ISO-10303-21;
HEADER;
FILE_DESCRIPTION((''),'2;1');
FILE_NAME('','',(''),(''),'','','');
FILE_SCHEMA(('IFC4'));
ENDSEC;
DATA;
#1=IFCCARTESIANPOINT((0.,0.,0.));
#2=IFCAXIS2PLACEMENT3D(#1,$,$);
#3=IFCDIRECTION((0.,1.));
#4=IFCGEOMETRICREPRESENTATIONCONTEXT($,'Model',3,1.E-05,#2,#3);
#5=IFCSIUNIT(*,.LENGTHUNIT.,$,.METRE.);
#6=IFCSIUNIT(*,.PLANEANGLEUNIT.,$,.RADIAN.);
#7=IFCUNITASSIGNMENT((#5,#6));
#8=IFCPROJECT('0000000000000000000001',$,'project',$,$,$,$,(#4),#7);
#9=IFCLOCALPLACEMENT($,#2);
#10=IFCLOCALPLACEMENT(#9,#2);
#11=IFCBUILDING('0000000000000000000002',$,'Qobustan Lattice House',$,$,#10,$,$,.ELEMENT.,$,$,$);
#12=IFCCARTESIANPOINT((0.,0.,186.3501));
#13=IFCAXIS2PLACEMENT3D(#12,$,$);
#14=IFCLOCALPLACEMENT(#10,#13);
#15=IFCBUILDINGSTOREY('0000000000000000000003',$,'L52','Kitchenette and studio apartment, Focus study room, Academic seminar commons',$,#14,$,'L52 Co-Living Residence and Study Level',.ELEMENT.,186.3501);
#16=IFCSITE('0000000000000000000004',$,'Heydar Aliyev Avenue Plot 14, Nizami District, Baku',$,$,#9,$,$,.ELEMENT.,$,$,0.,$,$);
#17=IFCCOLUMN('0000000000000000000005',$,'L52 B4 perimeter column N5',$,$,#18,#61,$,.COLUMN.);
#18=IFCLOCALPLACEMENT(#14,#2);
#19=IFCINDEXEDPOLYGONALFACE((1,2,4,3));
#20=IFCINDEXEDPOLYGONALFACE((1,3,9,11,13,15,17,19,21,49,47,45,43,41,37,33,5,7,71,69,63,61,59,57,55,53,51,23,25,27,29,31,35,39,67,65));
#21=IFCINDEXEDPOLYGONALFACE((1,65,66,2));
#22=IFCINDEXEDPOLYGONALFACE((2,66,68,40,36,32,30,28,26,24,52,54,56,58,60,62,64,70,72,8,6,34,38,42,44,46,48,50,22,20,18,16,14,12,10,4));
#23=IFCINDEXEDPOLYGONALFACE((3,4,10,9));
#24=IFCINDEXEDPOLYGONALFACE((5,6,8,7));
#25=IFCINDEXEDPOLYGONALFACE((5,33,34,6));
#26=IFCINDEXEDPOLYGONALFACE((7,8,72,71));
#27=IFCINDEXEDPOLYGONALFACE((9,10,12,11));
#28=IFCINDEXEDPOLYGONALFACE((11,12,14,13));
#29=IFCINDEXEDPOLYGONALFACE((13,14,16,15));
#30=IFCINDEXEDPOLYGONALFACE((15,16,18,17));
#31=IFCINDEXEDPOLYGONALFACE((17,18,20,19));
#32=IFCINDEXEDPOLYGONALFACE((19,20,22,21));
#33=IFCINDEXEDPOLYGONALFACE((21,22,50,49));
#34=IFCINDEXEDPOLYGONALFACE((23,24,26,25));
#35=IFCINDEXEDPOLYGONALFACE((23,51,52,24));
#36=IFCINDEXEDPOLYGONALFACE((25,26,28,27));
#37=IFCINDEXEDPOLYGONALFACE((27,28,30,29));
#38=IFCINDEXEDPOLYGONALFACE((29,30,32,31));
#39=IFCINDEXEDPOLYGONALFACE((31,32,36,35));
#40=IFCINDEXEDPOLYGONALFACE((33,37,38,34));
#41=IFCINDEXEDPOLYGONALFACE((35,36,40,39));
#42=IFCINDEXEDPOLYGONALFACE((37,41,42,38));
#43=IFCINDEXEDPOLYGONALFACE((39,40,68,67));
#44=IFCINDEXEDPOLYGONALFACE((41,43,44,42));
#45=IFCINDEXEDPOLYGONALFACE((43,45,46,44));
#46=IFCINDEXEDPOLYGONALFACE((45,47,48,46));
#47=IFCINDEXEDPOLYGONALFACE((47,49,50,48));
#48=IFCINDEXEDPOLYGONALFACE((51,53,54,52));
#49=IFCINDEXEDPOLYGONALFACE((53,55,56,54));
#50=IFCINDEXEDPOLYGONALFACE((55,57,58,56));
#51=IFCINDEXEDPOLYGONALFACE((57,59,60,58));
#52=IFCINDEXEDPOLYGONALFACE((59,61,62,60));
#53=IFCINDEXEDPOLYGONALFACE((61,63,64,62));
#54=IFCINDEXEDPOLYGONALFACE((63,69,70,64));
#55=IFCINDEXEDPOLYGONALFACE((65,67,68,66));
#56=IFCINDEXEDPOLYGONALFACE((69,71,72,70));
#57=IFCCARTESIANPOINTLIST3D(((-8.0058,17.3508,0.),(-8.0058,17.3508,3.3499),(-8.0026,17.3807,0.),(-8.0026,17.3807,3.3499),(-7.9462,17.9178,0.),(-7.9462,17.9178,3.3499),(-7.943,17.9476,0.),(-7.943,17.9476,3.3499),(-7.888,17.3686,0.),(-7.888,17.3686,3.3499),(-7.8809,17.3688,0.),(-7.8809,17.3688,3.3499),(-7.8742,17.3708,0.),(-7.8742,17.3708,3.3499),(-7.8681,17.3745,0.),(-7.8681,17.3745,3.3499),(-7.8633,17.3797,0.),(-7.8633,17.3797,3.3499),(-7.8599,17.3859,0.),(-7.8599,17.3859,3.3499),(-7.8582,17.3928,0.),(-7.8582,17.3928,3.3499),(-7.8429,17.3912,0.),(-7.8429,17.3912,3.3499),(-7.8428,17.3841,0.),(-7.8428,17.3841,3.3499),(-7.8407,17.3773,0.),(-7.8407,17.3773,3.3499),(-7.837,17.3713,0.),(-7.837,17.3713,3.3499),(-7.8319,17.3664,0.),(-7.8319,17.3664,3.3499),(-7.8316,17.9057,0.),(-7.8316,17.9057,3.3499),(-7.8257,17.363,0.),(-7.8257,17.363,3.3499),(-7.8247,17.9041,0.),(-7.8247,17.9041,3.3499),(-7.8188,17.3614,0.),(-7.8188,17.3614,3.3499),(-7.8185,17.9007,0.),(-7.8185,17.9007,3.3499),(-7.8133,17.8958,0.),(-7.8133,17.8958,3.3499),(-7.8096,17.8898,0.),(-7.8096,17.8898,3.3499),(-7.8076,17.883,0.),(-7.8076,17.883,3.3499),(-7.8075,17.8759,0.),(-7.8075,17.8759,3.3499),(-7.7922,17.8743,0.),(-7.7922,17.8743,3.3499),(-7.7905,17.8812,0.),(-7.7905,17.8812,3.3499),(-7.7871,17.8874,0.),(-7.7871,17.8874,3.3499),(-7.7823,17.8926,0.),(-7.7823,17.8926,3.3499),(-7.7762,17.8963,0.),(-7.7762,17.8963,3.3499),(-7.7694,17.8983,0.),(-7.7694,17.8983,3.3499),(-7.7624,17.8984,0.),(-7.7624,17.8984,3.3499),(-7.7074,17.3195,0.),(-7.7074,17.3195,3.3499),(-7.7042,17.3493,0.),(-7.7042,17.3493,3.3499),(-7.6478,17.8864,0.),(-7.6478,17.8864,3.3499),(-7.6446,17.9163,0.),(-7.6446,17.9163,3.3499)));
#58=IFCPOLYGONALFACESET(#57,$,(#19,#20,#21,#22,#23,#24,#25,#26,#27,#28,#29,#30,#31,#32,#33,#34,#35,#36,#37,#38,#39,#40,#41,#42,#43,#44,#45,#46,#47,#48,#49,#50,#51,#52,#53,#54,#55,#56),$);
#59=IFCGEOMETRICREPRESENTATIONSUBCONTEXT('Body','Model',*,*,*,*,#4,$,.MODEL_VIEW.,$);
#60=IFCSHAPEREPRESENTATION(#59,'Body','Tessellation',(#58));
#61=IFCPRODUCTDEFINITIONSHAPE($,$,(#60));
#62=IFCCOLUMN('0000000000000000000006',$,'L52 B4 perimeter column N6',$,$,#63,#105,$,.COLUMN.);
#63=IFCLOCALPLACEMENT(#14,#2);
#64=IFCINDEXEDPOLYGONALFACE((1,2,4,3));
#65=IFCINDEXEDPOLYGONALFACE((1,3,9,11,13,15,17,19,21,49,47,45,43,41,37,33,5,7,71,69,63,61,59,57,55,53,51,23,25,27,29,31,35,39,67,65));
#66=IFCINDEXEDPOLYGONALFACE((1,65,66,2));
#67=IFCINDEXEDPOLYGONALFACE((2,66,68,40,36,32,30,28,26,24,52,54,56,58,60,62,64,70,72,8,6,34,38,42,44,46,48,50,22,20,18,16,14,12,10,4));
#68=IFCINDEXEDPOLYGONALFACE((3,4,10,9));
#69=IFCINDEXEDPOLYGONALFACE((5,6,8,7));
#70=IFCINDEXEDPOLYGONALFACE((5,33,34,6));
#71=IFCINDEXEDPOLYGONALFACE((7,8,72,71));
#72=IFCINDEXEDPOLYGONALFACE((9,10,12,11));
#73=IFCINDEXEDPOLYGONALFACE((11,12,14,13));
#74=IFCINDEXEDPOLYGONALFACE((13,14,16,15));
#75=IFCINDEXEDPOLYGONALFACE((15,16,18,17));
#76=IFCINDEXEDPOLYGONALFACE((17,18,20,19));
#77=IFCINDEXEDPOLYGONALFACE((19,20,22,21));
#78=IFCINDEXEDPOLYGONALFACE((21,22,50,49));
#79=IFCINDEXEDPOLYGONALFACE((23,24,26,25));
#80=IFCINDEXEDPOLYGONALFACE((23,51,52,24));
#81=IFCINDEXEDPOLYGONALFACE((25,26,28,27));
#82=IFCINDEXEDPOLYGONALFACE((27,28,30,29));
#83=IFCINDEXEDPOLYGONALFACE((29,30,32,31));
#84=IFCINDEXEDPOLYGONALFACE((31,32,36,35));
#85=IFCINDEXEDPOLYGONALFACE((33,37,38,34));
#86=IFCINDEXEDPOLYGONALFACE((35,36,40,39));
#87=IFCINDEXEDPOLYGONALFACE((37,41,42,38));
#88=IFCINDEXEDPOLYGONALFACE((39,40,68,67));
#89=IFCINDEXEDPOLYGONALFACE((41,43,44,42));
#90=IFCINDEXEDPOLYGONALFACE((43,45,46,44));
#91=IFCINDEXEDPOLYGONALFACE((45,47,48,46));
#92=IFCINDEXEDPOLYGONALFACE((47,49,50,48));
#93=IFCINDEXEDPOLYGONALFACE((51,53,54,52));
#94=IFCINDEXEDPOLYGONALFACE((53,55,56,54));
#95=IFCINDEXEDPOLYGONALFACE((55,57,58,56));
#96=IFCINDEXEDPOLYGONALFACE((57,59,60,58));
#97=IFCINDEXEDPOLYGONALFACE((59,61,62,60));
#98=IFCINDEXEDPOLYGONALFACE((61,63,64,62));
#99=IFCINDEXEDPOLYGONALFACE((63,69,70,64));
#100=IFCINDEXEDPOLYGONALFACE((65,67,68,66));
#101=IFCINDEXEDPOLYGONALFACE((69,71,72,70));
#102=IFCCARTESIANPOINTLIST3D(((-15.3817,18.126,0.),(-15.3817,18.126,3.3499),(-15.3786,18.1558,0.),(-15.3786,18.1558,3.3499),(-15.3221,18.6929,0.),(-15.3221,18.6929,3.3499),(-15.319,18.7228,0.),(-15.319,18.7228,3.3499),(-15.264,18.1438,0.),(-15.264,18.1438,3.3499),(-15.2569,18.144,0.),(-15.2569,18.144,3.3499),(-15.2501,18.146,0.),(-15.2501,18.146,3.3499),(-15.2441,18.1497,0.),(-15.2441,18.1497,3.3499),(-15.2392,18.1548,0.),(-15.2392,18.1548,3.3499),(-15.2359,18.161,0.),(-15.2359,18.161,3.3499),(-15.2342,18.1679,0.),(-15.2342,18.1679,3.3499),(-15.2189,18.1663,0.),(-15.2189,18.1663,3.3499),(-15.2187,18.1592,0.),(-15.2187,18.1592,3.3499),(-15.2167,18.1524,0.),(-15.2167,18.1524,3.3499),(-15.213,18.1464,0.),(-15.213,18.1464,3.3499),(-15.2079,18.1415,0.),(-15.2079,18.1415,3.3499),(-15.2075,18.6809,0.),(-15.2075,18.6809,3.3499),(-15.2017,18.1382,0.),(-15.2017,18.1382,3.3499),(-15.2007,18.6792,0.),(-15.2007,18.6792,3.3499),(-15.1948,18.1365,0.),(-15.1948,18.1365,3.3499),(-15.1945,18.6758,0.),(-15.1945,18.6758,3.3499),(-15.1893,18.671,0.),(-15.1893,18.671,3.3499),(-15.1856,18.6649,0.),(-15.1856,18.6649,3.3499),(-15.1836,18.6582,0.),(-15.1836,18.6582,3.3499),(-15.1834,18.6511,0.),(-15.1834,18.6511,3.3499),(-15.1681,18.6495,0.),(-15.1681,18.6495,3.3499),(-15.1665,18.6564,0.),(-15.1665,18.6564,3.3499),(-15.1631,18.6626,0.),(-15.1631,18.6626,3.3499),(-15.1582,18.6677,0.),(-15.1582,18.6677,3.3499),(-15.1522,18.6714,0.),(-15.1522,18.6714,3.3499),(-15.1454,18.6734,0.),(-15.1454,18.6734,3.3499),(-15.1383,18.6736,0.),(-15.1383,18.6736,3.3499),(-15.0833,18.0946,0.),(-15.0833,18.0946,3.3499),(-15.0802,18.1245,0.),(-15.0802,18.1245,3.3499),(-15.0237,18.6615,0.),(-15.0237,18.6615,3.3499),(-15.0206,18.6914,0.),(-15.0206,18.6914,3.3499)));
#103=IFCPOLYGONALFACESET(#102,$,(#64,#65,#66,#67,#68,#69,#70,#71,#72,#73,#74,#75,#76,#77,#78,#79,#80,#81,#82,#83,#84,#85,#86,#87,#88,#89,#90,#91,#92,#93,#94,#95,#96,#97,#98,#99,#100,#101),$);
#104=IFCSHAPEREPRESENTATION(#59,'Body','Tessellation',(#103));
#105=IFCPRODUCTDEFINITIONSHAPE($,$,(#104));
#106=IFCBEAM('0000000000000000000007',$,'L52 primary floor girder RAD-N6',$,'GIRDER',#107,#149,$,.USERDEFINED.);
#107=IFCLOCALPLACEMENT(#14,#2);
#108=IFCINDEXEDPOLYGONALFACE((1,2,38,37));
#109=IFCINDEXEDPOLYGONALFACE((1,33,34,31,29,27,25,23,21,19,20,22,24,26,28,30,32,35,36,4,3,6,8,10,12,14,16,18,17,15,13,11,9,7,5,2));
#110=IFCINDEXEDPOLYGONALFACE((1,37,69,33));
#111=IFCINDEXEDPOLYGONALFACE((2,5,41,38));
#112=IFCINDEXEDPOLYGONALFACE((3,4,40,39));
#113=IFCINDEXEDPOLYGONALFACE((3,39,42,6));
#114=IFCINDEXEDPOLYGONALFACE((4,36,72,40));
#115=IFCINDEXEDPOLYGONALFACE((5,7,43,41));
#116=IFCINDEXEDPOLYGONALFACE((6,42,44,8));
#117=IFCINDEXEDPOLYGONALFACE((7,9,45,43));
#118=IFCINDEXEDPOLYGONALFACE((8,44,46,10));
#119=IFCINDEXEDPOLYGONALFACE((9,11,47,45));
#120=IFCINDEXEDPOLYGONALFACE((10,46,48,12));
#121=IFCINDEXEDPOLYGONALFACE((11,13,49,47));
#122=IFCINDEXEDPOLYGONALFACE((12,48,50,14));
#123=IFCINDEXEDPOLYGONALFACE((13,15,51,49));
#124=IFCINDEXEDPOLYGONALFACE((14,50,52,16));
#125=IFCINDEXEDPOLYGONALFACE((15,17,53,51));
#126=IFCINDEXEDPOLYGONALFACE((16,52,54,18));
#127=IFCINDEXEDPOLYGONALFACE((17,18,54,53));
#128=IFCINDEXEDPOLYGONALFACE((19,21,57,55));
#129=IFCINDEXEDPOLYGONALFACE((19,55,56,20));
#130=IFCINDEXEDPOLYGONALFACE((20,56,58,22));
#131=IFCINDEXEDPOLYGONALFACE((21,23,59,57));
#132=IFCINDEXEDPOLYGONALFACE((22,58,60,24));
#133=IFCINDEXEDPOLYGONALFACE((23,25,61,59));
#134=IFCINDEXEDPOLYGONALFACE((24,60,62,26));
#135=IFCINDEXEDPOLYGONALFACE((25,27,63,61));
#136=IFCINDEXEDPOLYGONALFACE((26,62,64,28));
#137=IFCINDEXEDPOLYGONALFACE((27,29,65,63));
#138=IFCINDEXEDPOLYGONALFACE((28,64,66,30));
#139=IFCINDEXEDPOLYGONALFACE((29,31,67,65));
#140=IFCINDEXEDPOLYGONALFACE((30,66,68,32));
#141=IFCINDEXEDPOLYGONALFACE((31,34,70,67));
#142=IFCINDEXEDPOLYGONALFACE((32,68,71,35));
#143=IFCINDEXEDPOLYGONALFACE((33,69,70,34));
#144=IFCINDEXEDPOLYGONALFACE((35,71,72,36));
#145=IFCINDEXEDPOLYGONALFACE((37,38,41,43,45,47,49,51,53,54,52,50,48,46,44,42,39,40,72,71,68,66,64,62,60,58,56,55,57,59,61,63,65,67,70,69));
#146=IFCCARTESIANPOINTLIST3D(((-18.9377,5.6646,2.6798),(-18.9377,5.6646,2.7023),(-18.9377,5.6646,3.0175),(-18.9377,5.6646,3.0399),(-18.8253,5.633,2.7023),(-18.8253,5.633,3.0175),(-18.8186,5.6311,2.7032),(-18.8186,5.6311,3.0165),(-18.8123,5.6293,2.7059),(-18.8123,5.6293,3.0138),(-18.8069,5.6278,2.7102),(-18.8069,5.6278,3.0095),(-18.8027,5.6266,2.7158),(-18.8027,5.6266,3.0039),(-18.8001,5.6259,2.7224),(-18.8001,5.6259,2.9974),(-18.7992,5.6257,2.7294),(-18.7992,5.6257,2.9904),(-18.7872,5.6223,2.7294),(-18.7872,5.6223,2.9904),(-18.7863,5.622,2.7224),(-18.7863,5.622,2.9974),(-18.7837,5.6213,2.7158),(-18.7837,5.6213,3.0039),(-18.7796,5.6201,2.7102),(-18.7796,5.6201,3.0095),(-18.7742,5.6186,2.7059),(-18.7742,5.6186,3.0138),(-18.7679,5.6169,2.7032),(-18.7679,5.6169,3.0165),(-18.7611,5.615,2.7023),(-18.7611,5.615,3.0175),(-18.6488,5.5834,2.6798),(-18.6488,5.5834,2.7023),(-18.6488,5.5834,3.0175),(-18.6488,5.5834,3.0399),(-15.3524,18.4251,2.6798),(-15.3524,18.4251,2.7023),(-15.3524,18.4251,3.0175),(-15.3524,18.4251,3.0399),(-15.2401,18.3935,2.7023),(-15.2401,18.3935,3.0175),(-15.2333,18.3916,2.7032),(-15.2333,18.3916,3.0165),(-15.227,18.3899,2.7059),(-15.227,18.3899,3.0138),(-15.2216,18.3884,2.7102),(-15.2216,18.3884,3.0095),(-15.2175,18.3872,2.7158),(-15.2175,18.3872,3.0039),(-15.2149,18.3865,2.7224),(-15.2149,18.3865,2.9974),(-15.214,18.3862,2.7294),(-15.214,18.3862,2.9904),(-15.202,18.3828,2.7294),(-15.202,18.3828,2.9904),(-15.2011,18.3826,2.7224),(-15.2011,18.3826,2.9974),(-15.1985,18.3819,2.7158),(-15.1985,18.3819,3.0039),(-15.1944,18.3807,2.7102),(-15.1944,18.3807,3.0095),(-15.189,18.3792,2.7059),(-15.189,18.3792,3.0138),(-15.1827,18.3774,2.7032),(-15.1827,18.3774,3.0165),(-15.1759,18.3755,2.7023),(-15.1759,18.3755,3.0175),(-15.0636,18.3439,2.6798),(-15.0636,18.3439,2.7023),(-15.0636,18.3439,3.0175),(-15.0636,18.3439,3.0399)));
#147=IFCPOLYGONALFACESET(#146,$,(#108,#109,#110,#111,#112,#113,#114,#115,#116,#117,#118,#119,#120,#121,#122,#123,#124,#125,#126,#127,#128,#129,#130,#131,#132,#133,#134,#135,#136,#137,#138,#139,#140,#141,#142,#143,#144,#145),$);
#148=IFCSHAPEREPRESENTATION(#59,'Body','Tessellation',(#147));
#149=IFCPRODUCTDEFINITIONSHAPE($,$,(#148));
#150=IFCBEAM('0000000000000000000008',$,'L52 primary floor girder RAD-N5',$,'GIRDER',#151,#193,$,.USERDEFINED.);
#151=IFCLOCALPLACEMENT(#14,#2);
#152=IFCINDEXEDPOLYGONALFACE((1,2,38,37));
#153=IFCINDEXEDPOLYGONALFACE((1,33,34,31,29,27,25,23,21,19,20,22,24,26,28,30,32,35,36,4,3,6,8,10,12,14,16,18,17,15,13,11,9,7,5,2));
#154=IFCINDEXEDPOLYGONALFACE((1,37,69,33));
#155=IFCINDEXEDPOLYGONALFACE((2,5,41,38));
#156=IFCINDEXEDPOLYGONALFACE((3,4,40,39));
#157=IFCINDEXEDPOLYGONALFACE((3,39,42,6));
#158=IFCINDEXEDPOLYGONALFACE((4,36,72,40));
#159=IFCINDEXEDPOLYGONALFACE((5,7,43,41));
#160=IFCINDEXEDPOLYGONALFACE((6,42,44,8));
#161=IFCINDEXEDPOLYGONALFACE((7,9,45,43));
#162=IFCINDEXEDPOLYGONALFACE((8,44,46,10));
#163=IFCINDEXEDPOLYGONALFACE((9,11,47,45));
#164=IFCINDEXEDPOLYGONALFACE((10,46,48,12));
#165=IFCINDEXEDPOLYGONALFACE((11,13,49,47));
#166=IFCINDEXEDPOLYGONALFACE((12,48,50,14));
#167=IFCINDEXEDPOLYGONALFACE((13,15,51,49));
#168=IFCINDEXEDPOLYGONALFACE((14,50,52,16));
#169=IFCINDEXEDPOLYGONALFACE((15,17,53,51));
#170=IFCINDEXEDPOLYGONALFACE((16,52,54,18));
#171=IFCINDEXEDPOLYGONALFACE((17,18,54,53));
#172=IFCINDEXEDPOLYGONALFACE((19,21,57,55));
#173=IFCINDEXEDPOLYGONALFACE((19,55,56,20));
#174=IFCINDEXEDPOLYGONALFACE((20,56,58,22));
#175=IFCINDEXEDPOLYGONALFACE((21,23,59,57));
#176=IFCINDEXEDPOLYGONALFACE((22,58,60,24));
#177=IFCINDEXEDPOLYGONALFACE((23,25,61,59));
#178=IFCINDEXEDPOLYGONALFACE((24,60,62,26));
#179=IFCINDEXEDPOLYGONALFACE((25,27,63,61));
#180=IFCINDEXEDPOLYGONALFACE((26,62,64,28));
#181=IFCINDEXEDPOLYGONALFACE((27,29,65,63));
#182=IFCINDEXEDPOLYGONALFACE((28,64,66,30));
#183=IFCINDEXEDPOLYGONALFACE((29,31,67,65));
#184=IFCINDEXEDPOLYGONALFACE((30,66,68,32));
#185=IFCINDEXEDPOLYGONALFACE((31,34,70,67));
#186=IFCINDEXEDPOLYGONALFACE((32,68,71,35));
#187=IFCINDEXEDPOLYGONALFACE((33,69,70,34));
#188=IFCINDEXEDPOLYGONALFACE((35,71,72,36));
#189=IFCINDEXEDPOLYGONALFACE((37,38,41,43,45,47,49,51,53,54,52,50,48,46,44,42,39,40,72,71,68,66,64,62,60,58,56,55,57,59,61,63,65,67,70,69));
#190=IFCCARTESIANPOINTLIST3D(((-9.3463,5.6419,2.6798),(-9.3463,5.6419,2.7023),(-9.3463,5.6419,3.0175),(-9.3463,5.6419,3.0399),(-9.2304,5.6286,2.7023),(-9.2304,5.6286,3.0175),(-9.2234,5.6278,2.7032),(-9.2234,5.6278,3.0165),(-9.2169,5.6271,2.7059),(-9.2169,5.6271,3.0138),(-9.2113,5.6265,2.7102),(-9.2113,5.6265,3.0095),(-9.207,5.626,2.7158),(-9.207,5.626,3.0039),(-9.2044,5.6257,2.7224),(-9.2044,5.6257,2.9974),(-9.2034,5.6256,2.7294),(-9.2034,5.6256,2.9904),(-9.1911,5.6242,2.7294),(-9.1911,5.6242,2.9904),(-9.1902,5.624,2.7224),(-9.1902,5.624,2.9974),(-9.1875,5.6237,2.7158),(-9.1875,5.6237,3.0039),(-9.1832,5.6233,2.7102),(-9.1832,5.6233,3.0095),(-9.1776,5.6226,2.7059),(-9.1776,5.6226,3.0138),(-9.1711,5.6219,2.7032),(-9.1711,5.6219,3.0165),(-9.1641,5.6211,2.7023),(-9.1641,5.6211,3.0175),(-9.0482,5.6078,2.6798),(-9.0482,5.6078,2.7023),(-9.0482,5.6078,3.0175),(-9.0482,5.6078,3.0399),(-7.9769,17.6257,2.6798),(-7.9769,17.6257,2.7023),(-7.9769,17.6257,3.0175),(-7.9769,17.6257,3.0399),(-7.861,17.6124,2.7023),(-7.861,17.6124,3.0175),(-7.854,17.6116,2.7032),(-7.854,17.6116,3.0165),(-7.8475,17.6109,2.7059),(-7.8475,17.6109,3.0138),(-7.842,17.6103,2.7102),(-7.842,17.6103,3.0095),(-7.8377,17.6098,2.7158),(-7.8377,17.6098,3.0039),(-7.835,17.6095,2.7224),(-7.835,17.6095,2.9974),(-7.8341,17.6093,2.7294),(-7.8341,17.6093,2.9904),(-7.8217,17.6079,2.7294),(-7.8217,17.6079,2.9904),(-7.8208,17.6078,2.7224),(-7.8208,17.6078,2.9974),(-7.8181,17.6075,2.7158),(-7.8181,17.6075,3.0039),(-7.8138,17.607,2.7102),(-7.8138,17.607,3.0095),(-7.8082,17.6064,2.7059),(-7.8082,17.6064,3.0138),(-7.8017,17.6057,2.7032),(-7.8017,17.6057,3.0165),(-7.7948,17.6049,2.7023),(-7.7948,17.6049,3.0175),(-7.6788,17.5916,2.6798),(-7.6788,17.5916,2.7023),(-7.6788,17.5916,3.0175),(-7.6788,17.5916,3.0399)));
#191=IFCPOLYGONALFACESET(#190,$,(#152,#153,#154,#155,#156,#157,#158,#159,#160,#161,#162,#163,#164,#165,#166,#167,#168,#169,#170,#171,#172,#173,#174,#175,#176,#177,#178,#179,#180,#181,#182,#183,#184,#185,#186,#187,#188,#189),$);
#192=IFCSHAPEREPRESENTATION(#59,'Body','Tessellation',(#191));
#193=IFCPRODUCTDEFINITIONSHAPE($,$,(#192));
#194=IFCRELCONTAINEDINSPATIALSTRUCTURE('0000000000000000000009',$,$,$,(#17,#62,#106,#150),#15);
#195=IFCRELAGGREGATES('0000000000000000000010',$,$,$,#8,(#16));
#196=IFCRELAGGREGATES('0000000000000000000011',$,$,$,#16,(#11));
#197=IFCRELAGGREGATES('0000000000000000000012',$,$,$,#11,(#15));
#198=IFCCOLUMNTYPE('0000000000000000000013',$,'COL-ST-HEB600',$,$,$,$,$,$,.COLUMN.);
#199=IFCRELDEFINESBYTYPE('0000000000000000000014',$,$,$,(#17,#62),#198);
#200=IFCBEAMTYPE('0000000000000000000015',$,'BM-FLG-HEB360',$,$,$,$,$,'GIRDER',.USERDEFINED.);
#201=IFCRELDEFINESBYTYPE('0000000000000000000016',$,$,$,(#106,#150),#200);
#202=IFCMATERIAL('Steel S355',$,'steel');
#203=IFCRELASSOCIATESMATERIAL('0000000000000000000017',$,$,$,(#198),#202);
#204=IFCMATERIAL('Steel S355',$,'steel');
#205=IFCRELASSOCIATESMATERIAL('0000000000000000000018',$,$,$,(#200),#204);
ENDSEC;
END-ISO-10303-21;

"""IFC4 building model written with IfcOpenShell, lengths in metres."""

from ifc_helpers import new_model, si_unit, direction, frame, origin, origin_2d, place, context, subcontext, project, spatial, i_section, extrude, material, material_profile, profile_set, type_object, element, save


model = new_model("IFC4")

# Units and contexts
model_context = context("Model", 3, precision=1e-05, world=origin(), true_north=direction((0.0, 1.0)))
body_context = subcontext(model_context, "Body", "Model", "MODEL_VIEW")
ifc_project = project(units=[si_unit("LENGTHUNIT", "METRE"), si_unit("PLANEANGLEUNIT", "RADIAN")], contexts=[model_context])

# Site, building, storey
site_placement = place(None, origin())
site = spatial("IfcSite", under=ifc_project, at=site_placement, Name="Heydar Aliyev Avenue Plot 14, Nizami District, Baku", CompositionType="ELEMENT", RefElevation=0.0)
building_placement = place(site_placement, origin())
building = spatial("IfcBuilding", under=site, at=building_placement, Name="Qobustan Lattice House", CompositionType="ELEMENT")
storey_placement = place(building_placement, frame((0.0, 0.0, 186.3501)))
storey = spatial("IfcBuildingStorey", under=building, at=storey_placement, Name="L52", Description="Kitchenette and studio apartment, Focus study room, Academic seminar commons", LongName="L52 Co-Living Residence and Study Level", CompositionType="ELEMENT", Elevation=186.3501)

# Columns
ifc_material_1 = material(Name="Steel S355", Category="steel")
ifc_material_profile_1 = material_profile(ifc_material_1, i_section(OverallWidth=0.3, OverallDepth=0.6001, WebThickness=0.0154, FlangeThickness=0.03, FilletRadius=0.0271, at=origin_2d()), Name="HEB600")
ifc_profile_set_1 = profile_set([ifc_material_profile_1], Name="Steel S355")
column_type = type_object("IfcColumnType", Name="COL-ST-HEB600", PredefinedType="COLUMN", material=ifc_profile_set_1)
for number, where, z_axis, x_axis, name in (
    (1, (-7.8252, 17.6335, 0.0), (0.0, 0.0, 1.0), (0.994522, -0.104528, 0.0), "L52 B4 perimeter column N5"),
    (2, (-15.2012, 18.4087, 0.0), (0.0, 0.0, 1.0), (0.994522, -0.104528, 0.0), "L52 B4 perimeter column N6"),
):
    element("IfcColumn", number, at=place(storey_placement, frame(where, z_axis=z_axis, x_axis=x_axis)), inside=storey, type_object=column_type, Name=name, PredefinedType="COLUMN", context=body_context, shape_type="SweptSolid", body=[
        extrude(i_section(OverallWidth=0.3, OverallDepth=0.6001, WebThickness=0.0154, FlangeThickness=0.03, FilletRadius=0.0271, at=origin_2d()), origin(), (0.0, 0.0, 1.0), 3.3499),
    ])

# Beams
ifc_material_2 = material(Name="Steel S355", Category="steel")
ifc_material_profile_2 = material_profile(ifc_material_2, i_section(OverallWidth=0.3, OverallDepth=0.3601, WebThickness=0.0125, FlangeThickness=0.0225, FilletRadius=0.0271, at=origin_2d()), Name="HEB360")
ifc_profile_set_2 = profile_set([ifc_material_profile_2], Name="Steel S355")
beam_type_1 = type_object("IfcBeamType", Name="BM-FLG-HEB360", ElementType="GIRDER", PredefinedType="USERDEFINED", material=ifc_profile_set_2)
beam_1_placement = place(storey_placement, frame((-15.208, 18.3845, 2.8599), z_axis=(-0.270488, -0.962723, 0.0), x_axis=(0.962723, -0.270488, 0.0)))
element("IfcBeam", 3, at=beam_1_placement, inside=storey, type_object=beam_type_1, Name="L52 primary floor girder RAD-N6", ObjectType="GIRDER", PredefinedType="USERDEFINED", context=body_context, shape_type="SweptSolid", body=[
    extrude(i_section(OverallWidth=0.3, OverallDepth=0.3601, WebThickness=0.0125, FlangeThickness=0.0225, FilletRadius=0.0271, at=origin_2d()), origin(), (0.0, 0.0, 1.0), 13.2546),
])
beam_2_placement = place(storey_placement, frame((-7.8279, 17.6086, 2.8599), z_axis=(-0.11353, -0.993535, 0.0), x_axis=(0.993535, -0.11353, 0.0)))
element("IfcBeam", 4, at=beam_2_placement, inside=storey, type_object=beam_type_1, Name="L52 primary floor girder RAD-N5", ObjectType="GIRDER", PredefinedType="USERDEFINED", context=body_context, shape_type="SweptSolid", body=[
    extrude(i_section(OverallWidth=0.3, OverallDepth=0.3601, WebThickness=0.0125, FlangeThickness=0.0225, FilletRadius=0.0271, at=origin_2d()), origin(), (0.0, 0.0, 1.0), 12.0618),
])

save(model, "model.ifc")
